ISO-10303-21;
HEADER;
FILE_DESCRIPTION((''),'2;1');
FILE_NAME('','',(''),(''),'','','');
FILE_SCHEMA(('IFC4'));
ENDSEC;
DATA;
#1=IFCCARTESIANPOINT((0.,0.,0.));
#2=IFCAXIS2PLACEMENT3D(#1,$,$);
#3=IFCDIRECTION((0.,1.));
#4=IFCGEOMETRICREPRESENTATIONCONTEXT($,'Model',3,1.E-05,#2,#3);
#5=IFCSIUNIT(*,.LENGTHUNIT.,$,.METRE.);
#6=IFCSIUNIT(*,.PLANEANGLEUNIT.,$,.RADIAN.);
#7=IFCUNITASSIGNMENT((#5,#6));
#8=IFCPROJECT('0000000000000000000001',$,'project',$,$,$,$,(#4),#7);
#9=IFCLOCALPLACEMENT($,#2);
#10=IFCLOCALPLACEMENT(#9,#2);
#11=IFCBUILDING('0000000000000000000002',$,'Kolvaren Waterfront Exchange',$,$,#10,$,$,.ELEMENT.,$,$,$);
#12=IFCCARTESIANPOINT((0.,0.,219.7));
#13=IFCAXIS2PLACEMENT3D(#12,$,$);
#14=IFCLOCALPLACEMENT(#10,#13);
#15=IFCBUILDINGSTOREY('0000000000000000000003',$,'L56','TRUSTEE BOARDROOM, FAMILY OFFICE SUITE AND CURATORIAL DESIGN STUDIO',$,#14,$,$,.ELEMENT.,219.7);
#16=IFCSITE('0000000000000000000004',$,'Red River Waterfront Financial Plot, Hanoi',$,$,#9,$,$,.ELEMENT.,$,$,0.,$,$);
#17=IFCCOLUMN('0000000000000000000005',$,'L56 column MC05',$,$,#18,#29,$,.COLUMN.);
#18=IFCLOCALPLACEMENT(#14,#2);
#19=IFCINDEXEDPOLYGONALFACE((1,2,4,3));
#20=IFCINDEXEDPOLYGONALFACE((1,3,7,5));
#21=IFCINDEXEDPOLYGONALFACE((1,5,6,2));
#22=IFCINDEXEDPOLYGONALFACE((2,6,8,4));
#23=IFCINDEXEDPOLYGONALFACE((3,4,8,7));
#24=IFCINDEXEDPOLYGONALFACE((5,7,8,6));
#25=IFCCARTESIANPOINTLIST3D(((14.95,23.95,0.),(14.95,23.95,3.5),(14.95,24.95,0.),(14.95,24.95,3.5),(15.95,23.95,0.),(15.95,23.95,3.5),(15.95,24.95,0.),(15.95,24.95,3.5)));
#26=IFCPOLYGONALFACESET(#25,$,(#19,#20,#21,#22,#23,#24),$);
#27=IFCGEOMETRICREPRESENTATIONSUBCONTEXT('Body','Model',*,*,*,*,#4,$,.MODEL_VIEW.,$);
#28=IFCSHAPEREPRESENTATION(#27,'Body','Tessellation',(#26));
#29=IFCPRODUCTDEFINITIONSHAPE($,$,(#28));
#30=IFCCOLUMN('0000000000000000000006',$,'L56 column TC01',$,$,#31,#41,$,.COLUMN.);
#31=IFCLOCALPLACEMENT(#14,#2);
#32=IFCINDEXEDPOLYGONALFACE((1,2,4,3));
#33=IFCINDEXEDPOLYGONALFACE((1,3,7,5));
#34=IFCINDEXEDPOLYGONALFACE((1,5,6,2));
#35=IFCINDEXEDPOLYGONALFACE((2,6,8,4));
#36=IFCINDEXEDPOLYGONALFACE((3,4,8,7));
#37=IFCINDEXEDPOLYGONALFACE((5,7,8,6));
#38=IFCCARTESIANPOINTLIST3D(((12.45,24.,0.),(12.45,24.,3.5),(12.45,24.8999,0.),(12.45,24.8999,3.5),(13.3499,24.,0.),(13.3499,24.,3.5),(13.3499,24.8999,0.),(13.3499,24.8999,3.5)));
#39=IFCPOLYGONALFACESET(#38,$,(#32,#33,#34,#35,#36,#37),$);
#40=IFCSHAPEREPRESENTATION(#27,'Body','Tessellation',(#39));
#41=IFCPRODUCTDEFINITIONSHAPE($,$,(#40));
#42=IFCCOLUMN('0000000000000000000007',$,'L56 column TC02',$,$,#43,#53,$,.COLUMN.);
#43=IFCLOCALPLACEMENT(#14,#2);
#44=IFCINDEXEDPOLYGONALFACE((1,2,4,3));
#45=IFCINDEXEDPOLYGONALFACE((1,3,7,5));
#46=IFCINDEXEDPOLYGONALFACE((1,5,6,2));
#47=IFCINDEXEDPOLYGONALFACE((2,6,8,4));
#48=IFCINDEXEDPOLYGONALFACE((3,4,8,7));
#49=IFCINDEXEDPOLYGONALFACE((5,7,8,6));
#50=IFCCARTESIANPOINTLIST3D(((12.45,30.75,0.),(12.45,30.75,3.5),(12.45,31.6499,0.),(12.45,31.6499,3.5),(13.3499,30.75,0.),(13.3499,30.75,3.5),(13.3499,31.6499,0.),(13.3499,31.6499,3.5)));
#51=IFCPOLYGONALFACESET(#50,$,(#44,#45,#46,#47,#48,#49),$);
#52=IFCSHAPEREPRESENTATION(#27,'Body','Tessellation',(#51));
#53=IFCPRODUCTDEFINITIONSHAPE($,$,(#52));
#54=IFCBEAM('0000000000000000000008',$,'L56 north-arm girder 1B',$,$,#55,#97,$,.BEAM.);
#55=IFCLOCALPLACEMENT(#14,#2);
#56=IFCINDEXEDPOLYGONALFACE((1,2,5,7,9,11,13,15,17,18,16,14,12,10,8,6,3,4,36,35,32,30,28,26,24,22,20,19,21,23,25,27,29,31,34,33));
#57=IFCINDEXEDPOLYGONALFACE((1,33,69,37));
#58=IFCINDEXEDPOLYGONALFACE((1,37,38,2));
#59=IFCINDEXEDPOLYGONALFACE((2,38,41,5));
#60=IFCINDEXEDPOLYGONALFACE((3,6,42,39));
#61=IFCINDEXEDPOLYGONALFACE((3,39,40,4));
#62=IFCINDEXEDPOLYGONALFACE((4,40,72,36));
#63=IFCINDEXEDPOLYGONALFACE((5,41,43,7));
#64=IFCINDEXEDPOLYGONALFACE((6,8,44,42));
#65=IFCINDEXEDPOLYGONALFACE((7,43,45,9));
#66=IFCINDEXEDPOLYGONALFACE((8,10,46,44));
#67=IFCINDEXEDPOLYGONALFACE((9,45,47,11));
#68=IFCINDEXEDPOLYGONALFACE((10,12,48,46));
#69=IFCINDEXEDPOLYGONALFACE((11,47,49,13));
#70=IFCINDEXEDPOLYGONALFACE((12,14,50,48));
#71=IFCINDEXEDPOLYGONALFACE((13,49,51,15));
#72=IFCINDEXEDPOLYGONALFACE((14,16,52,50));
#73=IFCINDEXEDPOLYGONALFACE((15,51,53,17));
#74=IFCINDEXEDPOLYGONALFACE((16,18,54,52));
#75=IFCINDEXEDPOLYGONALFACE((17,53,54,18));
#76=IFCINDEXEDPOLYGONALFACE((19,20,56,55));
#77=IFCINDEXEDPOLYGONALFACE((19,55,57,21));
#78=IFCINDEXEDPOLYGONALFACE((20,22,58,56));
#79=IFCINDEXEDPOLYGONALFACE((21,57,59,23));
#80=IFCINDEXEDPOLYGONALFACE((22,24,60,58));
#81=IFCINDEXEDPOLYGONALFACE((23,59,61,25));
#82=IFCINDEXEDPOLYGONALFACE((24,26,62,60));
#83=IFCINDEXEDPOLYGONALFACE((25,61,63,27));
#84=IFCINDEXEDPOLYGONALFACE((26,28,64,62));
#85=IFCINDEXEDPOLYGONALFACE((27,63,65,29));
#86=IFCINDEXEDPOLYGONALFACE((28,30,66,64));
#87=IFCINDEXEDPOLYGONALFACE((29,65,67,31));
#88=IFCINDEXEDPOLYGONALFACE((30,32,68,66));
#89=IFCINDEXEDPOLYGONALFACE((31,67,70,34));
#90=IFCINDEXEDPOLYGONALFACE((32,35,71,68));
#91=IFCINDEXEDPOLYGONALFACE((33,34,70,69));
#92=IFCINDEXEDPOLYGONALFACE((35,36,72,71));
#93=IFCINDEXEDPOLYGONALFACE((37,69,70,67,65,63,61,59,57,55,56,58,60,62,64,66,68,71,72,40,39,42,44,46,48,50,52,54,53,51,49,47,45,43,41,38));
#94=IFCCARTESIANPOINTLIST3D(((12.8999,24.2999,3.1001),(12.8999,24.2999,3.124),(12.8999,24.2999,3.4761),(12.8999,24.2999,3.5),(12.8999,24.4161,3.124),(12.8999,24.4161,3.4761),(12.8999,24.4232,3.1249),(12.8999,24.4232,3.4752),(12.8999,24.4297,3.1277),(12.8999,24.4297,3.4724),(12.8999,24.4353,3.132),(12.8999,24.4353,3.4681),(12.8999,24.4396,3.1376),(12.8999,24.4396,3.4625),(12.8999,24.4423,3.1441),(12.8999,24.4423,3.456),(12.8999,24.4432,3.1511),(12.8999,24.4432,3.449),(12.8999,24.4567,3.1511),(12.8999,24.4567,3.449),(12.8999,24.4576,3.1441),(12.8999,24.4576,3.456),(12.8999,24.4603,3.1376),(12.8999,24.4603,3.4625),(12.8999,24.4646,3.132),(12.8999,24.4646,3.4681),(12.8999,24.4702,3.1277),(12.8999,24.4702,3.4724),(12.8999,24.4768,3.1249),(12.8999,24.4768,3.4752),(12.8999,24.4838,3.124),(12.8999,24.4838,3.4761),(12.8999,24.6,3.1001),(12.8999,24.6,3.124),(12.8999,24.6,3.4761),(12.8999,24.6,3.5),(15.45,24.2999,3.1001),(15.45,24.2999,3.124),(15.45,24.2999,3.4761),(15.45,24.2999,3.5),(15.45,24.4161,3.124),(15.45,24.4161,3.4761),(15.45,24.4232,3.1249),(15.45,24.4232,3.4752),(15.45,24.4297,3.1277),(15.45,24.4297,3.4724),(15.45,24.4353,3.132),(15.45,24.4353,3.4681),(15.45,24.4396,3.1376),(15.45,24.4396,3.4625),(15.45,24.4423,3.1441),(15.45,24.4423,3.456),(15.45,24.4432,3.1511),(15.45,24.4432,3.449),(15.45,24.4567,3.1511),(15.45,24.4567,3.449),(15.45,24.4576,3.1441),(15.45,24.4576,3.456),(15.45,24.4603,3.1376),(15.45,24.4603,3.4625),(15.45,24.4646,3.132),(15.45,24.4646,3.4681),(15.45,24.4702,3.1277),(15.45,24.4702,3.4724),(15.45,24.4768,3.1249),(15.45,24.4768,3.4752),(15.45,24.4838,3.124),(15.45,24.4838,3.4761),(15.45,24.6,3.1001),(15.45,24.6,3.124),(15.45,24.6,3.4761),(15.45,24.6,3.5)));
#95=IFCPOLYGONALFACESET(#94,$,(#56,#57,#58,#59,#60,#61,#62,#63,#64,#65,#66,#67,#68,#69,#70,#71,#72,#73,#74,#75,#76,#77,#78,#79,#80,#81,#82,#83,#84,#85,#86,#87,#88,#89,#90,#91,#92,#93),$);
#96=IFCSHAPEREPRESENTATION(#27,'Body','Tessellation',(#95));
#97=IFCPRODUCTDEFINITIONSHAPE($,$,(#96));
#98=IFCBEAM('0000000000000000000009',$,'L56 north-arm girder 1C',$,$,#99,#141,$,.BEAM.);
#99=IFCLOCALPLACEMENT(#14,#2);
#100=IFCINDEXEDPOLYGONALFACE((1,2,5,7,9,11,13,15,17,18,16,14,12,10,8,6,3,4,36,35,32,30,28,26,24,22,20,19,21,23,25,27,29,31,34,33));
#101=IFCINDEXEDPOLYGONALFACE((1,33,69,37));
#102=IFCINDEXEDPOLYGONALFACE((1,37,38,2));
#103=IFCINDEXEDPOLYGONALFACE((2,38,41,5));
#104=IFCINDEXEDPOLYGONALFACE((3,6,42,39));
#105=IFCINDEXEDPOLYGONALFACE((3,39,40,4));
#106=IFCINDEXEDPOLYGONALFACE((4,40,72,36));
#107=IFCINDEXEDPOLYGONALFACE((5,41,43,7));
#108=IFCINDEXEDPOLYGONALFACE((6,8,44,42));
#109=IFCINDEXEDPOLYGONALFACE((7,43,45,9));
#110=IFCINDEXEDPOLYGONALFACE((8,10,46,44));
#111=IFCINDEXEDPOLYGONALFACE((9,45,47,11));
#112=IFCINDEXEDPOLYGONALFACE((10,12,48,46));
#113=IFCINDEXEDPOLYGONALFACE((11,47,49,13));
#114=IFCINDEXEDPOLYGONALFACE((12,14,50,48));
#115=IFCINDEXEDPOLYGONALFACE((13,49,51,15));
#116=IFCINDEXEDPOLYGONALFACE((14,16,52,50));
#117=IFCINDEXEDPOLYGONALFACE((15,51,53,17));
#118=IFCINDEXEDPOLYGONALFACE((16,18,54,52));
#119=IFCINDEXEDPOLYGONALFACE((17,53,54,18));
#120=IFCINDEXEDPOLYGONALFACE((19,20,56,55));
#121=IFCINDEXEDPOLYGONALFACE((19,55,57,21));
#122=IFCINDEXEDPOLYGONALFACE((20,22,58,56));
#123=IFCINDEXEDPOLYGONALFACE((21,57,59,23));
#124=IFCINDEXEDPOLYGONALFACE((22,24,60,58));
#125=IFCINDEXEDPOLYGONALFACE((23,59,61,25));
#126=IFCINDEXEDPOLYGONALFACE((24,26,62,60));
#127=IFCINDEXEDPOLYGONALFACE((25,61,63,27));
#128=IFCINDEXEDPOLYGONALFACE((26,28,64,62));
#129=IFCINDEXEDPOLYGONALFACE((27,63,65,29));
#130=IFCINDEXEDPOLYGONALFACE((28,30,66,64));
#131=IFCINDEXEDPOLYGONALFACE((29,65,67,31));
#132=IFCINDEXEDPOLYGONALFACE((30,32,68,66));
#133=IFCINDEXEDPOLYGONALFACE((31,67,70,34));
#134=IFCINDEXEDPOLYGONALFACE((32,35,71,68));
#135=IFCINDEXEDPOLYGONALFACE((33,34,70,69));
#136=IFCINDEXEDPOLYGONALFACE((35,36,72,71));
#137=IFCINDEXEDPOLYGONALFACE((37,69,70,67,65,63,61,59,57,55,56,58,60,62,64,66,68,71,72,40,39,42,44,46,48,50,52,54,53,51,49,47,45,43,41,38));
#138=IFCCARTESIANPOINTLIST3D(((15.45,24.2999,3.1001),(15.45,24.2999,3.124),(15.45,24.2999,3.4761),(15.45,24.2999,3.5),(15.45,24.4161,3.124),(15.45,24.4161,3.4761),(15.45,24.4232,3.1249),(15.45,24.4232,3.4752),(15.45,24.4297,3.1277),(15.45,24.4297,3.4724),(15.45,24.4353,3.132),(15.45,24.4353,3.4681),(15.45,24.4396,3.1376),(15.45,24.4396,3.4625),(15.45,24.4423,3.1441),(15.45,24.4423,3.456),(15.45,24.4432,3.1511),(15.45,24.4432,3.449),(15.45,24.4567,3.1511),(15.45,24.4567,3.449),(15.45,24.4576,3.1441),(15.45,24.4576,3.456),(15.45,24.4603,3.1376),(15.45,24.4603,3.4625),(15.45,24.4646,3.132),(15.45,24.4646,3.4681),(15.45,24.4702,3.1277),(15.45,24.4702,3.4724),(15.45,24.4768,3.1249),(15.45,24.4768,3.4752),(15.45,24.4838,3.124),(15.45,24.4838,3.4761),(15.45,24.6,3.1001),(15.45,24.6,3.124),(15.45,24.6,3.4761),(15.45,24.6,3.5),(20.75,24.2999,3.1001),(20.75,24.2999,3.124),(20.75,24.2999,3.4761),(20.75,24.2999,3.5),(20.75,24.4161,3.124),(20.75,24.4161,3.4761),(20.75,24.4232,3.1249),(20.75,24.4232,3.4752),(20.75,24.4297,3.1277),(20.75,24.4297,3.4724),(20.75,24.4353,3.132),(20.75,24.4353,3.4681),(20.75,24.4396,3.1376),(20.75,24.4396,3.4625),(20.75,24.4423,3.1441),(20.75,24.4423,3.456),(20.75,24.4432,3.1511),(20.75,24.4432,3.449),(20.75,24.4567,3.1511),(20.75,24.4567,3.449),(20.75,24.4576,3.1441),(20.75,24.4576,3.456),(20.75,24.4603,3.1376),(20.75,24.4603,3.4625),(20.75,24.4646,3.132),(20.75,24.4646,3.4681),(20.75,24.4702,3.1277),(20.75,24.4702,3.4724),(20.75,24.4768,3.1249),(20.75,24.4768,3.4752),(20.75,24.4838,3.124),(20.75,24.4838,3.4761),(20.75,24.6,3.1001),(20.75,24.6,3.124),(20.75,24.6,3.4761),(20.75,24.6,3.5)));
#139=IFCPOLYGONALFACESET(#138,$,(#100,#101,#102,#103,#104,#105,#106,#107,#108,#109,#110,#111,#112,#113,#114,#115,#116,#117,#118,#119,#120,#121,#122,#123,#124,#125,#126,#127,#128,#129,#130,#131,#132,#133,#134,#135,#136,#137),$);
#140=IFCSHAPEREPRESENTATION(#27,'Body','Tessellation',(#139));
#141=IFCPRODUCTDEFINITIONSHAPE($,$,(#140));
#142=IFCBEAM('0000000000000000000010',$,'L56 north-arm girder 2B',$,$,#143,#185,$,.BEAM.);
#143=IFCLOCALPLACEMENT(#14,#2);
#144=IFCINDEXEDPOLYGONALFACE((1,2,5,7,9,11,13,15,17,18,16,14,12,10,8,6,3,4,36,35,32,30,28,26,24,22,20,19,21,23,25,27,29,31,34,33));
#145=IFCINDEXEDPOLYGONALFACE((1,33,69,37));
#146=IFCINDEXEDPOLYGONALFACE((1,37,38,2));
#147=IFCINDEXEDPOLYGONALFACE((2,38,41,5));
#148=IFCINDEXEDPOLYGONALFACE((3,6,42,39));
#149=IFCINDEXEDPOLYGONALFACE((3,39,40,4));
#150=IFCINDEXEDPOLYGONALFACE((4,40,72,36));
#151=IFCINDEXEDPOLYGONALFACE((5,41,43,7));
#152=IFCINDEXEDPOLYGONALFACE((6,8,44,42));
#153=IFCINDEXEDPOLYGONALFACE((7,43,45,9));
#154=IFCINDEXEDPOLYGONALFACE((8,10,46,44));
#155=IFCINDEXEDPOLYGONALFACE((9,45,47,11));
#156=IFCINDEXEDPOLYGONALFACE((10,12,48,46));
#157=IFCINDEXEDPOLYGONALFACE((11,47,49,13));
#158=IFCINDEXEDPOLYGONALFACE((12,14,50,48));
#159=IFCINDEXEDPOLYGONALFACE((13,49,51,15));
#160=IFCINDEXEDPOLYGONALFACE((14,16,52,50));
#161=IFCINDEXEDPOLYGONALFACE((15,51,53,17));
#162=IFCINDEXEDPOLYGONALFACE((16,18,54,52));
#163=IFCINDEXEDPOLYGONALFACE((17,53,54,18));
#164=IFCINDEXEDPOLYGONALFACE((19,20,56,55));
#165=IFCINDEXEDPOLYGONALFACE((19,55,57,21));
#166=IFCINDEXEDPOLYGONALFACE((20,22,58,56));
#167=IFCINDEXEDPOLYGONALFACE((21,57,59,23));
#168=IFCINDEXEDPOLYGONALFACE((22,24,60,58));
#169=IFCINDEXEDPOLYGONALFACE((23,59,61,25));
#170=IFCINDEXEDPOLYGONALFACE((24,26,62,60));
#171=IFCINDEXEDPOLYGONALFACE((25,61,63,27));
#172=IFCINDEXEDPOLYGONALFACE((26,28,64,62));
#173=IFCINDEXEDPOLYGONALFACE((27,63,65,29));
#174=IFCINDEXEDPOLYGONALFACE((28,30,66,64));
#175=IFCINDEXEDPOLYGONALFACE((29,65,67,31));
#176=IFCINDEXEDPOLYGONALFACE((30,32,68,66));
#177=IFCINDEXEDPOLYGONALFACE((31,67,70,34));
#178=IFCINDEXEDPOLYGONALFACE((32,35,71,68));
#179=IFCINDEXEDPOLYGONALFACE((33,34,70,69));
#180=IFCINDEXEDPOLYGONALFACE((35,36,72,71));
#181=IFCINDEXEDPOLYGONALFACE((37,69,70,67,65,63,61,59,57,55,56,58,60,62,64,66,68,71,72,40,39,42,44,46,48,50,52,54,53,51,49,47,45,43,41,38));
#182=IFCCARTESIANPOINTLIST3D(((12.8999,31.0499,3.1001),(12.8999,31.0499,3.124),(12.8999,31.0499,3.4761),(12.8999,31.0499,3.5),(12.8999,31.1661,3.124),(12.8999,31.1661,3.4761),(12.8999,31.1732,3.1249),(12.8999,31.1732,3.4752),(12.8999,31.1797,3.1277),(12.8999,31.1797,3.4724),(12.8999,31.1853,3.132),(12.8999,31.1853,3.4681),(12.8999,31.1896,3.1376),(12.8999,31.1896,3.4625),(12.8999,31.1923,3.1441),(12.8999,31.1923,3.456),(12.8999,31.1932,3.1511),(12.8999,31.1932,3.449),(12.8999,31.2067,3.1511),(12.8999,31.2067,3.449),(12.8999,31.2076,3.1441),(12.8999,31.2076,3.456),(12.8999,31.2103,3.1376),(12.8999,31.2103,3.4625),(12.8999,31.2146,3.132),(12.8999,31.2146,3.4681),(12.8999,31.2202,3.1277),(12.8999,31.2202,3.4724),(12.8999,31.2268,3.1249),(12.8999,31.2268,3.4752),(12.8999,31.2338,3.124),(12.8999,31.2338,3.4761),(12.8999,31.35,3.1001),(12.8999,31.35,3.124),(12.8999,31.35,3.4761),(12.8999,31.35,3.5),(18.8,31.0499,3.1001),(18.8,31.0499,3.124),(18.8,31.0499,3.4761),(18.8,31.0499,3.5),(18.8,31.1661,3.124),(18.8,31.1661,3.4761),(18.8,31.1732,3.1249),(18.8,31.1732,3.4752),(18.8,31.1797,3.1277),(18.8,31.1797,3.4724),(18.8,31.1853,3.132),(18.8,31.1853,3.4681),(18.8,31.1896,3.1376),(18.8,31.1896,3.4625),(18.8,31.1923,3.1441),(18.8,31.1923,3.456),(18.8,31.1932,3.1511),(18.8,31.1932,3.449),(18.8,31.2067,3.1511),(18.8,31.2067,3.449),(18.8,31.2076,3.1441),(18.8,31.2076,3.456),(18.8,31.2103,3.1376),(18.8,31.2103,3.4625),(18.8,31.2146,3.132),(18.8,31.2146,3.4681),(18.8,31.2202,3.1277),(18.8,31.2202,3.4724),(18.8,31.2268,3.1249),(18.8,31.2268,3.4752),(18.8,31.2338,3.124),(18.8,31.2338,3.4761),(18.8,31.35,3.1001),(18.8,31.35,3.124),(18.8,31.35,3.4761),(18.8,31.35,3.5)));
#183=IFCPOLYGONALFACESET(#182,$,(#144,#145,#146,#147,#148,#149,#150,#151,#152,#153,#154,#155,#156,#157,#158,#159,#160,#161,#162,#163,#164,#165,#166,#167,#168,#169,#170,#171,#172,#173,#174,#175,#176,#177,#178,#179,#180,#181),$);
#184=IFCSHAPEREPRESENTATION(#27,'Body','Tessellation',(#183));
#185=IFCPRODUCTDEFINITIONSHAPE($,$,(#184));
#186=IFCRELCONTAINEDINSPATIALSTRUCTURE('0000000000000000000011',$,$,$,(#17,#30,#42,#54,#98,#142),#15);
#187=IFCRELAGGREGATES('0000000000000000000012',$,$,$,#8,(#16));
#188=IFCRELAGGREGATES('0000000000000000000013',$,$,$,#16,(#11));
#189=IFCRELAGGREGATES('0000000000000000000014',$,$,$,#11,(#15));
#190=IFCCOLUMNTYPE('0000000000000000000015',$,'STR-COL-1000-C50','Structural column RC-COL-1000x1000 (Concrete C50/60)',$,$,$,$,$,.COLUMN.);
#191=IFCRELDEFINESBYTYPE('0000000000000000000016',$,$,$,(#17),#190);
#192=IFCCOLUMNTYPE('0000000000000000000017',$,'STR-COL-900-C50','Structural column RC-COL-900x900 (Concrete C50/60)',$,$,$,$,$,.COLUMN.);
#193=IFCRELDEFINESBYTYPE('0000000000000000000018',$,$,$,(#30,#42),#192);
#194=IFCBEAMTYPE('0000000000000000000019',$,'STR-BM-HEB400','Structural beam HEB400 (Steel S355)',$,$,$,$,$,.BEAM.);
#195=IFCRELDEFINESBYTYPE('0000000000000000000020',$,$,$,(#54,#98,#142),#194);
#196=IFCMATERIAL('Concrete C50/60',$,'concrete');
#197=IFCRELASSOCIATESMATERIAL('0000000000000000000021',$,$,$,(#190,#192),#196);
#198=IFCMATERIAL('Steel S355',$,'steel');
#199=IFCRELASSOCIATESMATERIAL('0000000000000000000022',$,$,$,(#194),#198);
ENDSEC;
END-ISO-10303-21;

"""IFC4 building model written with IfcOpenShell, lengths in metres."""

from ifc_helpers import new_model, si_unit, direction, frame, origin, origin_2d, place, context, subcontext, project, spatial, rectangle, i_section, extrude, material, material_profile, profile_set, type_object, element, save


model = new_model("IFC4")

# Units and contexts
model_context = context("Model", 3, precision=1e-05, world=origin(), true_north=direction((0.0, 1.0)))
body_context = subcontext(model_context, "Body", "Model", "MODEL_VIEW")
ifc_project = project(units=[si_unit("LENGTHUNIT", "METRE"), si_unit("PLANEANGLEUNIT", "RADIAN")], contexts=[model_context])

# Site, building, storey
site_placement = place(None, origin())
site = spatial("IfcSite", under=ifc_project, at=site_placement, Name="Red River Waterfront Financial Plot, Hanoi", CompositionType="ELEMENT", RefElevation=0.0)
building_placement = place(site_placement, origin())
building = spatial("IfcBuilding", under=site, at=building_placement, Name="Kolvaren Waterfront Exchange", CompositionType="ELEMENT")
storey_placement = place(building_placement, frame((0.0, 0.0, 219.7)))
storey = spatial("IfcBuildingStorey", under=building, at=storey_placement, Name="L56", Description="TRUSTEE BOARDROOM, FAMILY OFFICE SUITE AND CURATORIAL DESIGN STUDIO", CompositionType="ELEMENT", Elevation=219.7)

# Columns
ifc_material_1 = material(Name="Concrete C50/60", Category="concrete")
ifc_material_profile_1 = material_profile(ifc_material_1, rectangle(XDim=1.0, YDim=1.0, at=origin_2d()), Name="RC-COL-1000x1000")
ifc_profile_set_1 = profile_set([ifc_material_profile_1], Name="Concrete C50/60")
column_type_1 = type_object("IfcColumnType", Name="STR-COL-1000-C50", Description="Structural column RC-COL-1000x1000 (Concrete C50/60)", PredefinedType="COLUMN", material=ifc_profile_set_1)
column_placement = place(storey_placement, frame((15.45, 24.45, 0.0), z_axis=(0.0, 0.0, 1.0), x_axis=(1.0, 0.0, 0.0)))
element("IfcColumn", 1, at=column_placement, inside=storey, type_object=column_type_1, Name="L56 column MC05", PredefinedType="COLUMN", context=body_context, shape_type="SweptSolid", body=[
    extrude(rectangle(XDim=1.0, YDim=1.0, at=origin_2d()), origin(), (0.0, 0.0, 1.0), 3.5),
])
ifc_material_profile_2 = material_profile(ifc_material_1, rectangle(XDim=0.8999, YDim=0.8999, at=origin_2d()), Name="RC-COL-900x900")
ifc_profile_set_2 = profile_set([ifc_material_profile_2], Name="Concrete C50/60")
column_type_2 = type_object("IfcColumnType", Name="STR-COL-900-C50", Description="Structural column RC-COL-900x900 (Concrete C50/60)", PredefinedType="COLUMN", material=ifc_profile_set_2)
for number, where, z_axis, x_axis, name in (
    (2, (12.8999, 24.45, 0.0), (0.0, 0.0, 1.0), (1.0, 0.0, 0.0), "L56 column TC01"),
    (3, (12.8999, 31.2, 0.0), (0.0, 0.0, 1.0), (1.0, 0.0, 0.0), "L56 column TC02"),
):
    element("IfcColumn", number, at=place(storey_placement, frame(where, z_axis=z_axis, x_axis=x_axis)), inside=storey, type_object=column_type_2, Name=name, PredefinedType="COLUMN", context=body_context, shape_type="SweptSolid", body=[
        extrude(rectangle(XDim=0.8999, YDim=0.8999, at=origin_2d()), origin(), (0.0, 0.0, 1.0), 3.5),
    ])

# Beams
ifc_material_2 = material(Name="Steel S355", Category="steel")
ifc_material_profile_3 = material_profile(ifc_material_2, i_section(OverallWidth=0.3, OverallDepth=0.3999, WebThickness=0.0134, FlangeThickness=0.0239, FilletRadius=0.0271, at=origin_2d()), Name="HEB400")
ifc_profile_set_3 = profile_set([ifc_material_profile_3], Name="Steel S355")
beam_type_1 = type_object("IfcBeamType", Name="STR-BM-HEB400", Description="Structural beam HEB400 (Steel S355)", PredefinedType="BEAM", material=ifc_profile_set_3)
beam_1_placement = place(storey_placement, frame((12.8999, 24.45, 3.3), z_axis=(1.0, 0.0, 0.0), x_axis=(0.0, 1.0, 0.0)))
element("IfcBeam", 4, at=beam_1_placement, inside=storey, type_object=beam_type_1, Name="L56 north-arm girder 1B", PredefinedType="BEAM", context=body_context, shape_type="SweptSolid", body=[
    extrude(i_section(OverallWidth=0.3, OverallDepth=0.3999, WebThickness=0.0134, FlangeThickness=0.0239, FilletRadius=0.0271, at=origin_2d()), origin(), (0.0, 0.0, 1.0), 2.55),
])
beam_2_placement = place(storey_placement, frame((15.45, 24.45, 3.3), z_axis=(1.0, 0.0, 0.0), x_axis=(0.0, 1.0, 0.0)))
element("IfcBeam", 5, at=beam_2_placement, inside=storey, type_object=beam_type_1, Name="L56 north-arm girder 1C", PredefinedType="BEAM", context=body_context, shape_type="SweptSolid", body=[
    extrude(i_section(OverallWidth=0.3, OverallDepth=0.3999, WebThickness=0.0134, FlangeThickness=0.0239, FilletRadius=0.0271, at=origin_2d()), origin(), (0.0, 0.0, 1.0), 5.3),
])
beam_3_placement = place(storey_placement, frame((12.8999, 31.2, 3.3), z_axis=(1.0, 0.0, 0.0), x_axis=(0.0, 1.0, 0.0)))
element("IfcBeam", 6, at=beam_3_placement, inside=storey, type_object=beam_type_1, Name="L56 north-arm girder 2B", PredefinedType="BEAM", context=body_context, shape_type="SweptSolid", body=[
    extrude(i_section(OverallWidth=0.3, OverallDepth=0.3999, WebThickness=0.0134, FlangeThickness=0.0239, FilletRadius=0.0271, at=origin_2d()), origin(), (0.0, 0.0, 1.0), 5.9001),
])

save(model, "model.ifc")
